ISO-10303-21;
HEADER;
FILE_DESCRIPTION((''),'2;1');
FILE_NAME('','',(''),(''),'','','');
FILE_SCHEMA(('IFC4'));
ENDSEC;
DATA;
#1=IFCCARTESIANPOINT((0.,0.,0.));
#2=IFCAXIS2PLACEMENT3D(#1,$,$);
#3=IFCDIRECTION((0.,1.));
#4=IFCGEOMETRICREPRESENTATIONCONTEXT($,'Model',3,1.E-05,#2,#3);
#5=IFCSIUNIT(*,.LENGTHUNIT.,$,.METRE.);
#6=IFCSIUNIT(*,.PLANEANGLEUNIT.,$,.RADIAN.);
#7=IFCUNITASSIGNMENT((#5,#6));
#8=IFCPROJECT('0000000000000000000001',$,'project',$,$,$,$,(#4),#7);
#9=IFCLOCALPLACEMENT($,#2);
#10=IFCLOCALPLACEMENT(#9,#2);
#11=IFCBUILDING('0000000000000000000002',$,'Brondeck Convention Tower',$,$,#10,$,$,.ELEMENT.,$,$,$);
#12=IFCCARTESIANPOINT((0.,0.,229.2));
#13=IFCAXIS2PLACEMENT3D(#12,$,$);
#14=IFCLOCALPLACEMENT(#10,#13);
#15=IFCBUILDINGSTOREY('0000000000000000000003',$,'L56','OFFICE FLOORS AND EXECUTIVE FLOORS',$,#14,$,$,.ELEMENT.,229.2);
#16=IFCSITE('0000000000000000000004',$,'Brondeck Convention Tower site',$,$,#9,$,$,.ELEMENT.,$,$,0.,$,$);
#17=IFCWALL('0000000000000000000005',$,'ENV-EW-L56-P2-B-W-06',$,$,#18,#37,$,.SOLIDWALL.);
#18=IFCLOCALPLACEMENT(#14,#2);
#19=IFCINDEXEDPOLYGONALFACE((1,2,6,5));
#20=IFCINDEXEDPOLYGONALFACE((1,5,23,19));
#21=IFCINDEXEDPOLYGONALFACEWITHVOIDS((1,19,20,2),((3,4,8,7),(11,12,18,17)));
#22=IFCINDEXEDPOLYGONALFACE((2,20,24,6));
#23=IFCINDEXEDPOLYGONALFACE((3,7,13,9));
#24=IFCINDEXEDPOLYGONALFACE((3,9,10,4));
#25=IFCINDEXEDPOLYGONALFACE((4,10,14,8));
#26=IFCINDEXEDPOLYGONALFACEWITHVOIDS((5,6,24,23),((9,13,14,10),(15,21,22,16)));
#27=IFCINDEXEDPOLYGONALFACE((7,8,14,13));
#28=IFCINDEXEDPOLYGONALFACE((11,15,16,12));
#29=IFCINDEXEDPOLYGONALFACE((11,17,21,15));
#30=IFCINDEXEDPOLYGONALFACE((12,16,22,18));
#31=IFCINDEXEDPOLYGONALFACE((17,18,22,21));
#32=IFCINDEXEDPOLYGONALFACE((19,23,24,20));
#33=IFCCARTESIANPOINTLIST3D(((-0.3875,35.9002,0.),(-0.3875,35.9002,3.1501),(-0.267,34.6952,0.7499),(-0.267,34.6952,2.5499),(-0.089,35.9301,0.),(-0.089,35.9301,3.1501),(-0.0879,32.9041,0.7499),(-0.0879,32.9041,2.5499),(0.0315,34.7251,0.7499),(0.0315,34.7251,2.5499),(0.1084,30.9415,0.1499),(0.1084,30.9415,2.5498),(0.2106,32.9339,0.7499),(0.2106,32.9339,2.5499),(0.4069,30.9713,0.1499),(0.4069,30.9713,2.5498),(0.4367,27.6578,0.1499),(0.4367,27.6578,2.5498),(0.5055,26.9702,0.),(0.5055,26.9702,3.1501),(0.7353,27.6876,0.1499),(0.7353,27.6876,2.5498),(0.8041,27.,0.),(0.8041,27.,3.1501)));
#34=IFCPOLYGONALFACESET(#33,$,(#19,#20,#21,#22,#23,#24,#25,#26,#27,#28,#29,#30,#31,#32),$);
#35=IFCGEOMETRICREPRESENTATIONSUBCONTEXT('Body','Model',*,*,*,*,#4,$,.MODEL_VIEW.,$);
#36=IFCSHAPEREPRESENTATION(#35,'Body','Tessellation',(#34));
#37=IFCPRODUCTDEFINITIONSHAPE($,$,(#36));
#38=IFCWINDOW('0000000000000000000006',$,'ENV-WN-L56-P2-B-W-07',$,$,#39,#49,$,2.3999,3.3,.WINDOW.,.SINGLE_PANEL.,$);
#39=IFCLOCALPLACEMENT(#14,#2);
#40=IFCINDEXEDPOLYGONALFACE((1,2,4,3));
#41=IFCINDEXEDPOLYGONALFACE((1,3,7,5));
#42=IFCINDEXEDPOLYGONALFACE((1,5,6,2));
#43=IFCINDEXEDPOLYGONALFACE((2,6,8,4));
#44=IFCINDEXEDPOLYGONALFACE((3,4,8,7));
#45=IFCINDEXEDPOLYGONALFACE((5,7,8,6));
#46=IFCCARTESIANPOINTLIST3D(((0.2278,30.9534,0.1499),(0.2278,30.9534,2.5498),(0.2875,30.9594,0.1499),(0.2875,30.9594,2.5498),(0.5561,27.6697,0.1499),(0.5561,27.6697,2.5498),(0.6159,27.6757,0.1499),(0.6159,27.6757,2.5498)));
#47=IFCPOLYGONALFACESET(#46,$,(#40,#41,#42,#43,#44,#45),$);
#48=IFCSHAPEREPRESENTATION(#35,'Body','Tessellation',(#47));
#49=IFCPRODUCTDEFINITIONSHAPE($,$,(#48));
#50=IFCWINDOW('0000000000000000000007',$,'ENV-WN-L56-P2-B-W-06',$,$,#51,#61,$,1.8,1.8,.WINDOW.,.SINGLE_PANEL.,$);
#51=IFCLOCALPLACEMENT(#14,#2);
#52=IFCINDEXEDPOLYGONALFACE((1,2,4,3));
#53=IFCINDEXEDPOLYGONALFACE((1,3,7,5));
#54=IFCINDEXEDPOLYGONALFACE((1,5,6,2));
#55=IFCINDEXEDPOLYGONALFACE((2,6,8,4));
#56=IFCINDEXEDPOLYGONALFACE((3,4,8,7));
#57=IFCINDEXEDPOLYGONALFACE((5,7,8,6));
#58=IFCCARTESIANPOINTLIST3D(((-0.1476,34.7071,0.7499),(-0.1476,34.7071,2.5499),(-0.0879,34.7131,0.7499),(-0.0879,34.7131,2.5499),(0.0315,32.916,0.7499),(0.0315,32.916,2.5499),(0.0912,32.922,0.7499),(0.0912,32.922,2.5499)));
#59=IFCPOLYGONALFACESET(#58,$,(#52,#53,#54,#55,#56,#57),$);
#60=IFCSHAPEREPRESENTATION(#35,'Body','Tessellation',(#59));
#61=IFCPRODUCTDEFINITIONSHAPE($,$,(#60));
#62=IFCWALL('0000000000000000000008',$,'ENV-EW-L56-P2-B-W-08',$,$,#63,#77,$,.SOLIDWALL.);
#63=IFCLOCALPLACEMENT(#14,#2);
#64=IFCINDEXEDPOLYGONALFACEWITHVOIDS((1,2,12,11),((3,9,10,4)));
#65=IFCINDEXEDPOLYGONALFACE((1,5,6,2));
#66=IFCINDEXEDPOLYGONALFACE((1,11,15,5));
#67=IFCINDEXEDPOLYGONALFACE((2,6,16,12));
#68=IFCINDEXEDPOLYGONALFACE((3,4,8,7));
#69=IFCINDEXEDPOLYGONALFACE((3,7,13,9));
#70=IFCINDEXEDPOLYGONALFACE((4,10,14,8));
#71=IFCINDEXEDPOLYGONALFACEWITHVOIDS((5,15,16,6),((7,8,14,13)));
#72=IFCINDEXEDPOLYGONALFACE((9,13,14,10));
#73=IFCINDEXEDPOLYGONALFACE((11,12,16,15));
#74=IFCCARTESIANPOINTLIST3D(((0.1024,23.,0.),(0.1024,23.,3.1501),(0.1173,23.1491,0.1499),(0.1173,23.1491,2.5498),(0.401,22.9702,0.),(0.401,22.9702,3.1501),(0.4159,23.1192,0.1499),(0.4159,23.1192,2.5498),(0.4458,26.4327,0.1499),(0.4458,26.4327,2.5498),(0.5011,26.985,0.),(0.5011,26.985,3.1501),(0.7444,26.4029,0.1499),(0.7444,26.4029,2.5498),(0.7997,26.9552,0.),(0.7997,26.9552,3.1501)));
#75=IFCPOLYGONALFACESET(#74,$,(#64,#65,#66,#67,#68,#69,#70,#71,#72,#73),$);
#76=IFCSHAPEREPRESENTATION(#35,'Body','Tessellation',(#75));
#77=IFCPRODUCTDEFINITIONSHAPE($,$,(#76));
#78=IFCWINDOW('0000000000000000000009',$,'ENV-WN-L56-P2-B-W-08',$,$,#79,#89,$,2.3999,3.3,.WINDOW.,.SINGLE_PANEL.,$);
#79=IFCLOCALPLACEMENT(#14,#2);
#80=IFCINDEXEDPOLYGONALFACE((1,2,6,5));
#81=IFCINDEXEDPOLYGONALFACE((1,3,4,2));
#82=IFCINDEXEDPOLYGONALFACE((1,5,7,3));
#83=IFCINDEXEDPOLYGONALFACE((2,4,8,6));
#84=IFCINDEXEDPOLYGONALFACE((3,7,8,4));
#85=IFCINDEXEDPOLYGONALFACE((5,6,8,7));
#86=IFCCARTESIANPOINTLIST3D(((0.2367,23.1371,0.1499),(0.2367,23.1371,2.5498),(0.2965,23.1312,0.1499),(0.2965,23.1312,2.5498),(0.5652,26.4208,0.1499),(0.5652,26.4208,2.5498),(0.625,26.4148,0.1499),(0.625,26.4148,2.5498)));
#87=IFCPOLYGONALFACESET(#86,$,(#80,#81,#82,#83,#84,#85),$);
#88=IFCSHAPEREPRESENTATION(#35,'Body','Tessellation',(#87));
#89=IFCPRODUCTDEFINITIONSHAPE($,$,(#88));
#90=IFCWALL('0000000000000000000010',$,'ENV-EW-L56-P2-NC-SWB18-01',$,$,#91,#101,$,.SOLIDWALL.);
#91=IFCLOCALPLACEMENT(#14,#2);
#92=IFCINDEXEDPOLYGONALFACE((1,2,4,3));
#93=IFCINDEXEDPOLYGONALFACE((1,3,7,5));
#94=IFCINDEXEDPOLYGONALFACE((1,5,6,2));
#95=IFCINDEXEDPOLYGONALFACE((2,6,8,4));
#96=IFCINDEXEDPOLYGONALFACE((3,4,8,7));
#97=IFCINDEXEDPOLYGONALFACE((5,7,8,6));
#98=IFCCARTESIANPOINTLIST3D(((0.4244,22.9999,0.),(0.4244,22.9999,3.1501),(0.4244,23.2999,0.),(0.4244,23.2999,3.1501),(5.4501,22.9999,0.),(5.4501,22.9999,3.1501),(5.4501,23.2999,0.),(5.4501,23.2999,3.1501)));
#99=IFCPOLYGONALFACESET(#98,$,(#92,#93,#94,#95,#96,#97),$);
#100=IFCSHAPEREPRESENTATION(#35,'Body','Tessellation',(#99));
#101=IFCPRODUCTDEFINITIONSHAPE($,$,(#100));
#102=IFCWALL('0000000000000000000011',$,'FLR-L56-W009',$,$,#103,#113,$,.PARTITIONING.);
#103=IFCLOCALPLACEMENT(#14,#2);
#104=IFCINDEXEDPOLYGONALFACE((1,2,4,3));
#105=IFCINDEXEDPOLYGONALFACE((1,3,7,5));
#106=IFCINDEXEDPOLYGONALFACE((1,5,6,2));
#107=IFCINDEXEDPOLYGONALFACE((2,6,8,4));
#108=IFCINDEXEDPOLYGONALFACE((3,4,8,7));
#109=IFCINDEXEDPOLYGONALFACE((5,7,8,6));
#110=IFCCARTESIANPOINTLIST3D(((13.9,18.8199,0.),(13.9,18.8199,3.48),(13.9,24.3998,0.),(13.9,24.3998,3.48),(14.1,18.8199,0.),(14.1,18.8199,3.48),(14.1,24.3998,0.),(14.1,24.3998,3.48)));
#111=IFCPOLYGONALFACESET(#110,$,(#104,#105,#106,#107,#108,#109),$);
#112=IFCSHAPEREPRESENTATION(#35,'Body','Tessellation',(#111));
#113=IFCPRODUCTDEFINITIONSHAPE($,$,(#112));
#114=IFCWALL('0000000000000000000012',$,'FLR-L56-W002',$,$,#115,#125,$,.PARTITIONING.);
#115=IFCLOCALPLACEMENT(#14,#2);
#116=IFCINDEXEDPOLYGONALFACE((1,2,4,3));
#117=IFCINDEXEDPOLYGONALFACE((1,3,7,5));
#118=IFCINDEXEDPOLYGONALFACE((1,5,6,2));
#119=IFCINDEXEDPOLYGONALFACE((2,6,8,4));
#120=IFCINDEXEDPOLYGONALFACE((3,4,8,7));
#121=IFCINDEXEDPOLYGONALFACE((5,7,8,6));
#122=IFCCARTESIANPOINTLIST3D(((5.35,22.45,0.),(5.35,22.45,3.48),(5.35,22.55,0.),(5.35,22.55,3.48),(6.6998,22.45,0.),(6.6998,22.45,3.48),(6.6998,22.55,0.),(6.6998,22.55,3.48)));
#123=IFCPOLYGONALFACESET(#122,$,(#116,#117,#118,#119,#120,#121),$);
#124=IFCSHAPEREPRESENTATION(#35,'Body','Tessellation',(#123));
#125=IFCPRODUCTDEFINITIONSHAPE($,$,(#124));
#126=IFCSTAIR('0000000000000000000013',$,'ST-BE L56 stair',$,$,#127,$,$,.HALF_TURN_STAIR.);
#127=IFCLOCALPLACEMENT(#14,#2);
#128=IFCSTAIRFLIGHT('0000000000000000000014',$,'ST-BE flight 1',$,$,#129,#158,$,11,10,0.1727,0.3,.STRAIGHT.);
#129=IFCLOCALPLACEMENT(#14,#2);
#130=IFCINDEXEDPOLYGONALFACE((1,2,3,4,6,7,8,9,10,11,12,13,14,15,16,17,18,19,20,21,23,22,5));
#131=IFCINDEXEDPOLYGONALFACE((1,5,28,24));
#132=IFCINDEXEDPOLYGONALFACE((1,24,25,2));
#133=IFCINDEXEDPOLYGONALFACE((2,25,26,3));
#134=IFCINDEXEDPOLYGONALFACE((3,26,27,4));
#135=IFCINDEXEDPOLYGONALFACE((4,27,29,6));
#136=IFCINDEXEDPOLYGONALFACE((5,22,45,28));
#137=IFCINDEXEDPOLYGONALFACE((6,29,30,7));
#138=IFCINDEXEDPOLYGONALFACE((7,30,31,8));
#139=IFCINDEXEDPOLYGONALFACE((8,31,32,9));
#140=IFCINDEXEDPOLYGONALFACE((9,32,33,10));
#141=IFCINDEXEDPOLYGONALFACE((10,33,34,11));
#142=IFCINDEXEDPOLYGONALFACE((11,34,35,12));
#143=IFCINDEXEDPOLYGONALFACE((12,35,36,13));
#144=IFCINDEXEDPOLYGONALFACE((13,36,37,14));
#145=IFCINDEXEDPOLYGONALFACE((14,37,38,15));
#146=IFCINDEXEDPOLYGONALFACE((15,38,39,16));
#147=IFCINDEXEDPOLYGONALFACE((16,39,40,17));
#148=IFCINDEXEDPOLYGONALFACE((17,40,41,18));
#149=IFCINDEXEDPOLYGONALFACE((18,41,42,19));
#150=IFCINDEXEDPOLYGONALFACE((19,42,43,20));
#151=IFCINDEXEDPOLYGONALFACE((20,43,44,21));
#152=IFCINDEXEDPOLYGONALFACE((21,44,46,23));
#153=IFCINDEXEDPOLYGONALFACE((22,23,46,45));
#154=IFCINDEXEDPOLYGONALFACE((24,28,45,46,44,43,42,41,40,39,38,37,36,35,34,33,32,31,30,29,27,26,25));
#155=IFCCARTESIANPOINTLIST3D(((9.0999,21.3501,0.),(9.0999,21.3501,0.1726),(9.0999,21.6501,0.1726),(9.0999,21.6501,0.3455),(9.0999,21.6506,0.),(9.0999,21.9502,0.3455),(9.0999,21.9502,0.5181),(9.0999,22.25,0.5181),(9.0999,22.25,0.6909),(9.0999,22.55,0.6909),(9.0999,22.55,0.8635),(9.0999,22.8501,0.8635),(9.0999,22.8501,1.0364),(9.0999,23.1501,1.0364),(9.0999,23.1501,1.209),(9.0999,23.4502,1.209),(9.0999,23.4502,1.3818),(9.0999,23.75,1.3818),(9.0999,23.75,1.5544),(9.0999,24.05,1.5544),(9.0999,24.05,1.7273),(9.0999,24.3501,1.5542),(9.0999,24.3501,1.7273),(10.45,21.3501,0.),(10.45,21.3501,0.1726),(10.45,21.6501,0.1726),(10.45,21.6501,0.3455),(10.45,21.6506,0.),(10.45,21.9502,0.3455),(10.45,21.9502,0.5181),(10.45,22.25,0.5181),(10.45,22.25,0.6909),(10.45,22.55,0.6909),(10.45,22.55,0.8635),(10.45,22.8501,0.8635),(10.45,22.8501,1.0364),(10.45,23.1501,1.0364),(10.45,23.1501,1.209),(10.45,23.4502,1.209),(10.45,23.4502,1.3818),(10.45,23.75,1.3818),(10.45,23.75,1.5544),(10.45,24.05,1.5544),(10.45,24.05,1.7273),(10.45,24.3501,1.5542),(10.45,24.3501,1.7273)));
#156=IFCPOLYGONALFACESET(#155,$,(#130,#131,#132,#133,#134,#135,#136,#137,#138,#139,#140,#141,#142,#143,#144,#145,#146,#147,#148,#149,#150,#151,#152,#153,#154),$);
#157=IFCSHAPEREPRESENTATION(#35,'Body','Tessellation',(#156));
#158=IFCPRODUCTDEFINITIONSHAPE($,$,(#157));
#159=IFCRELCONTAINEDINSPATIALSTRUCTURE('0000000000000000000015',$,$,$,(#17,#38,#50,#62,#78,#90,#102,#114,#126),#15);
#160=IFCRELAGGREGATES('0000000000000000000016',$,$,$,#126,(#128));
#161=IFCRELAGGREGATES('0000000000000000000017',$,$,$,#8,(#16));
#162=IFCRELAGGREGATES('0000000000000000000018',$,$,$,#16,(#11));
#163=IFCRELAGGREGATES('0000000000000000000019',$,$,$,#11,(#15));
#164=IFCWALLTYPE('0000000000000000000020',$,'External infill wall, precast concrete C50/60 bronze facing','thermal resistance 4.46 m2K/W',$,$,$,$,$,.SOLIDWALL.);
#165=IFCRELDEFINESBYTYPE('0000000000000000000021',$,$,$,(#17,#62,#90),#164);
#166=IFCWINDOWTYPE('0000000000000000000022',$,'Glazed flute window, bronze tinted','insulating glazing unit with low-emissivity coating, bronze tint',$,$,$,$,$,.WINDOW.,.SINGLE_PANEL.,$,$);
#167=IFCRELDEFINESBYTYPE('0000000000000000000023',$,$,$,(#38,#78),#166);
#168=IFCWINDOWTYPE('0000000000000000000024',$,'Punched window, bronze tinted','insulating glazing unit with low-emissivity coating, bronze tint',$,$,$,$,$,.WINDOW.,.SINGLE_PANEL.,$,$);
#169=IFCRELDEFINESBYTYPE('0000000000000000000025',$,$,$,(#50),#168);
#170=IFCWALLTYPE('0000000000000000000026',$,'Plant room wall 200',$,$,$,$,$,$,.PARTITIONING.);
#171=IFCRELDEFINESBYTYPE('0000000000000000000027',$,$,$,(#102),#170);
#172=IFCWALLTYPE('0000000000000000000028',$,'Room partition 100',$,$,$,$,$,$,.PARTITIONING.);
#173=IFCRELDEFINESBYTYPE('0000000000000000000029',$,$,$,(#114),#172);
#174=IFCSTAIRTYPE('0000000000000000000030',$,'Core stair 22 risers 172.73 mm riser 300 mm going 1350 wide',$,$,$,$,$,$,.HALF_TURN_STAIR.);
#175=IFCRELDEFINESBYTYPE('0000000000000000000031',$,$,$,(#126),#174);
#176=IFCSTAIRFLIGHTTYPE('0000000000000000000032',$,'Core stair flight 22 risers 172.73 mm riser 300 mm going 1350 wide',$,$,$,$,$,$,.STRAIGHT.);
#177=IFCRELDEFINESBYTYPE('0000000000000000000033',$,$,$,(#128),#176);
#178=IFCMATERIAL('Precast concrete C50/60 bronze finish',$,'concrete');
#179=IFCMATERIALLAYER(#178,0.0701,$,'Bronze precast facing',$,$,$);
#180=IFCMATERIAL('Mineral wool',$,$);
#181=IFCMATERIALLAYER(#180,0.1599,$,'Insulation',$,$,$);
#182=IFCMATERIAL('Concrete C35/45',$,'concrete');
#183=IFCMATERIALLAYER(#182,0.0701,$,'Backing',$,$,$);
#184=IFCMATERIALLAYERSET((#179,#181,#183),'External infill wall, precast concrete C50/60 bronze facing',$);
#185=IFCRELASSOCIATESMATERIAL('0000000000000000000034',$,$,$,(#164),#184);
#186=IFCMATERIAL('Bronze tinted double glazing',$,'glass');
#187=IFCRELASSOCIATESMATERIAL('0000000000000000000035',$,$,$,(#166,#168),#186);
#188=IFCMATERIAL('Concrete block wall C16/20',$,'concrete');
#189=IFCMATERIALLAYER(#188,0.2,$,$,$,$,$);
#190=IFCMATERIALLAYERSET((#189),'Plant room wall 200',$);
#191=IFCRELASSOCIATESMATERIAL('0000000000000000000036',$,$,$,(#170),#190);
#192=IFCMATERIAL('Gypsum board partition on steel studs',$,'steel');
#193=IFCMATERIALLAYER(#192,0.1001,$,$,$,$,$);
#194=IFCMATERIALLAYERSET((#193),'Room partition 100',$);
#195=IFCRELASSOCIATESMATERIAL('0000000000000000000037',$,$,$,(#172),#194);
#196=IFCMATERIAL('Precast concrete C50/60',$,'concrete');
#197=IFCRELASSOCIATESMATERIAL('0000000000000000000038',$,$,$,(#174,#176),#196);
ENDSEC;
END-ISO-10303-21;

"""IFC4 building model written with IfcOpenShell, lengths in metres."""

from ifc_helpers import new_model, si_unit, direction, frame, frame_2d, origin, place, context, subcontext, project, spatial, polyline, rectangle, outline, extrude, material, layer, layer_set, type_object, element, fill, aggregate, save


model = new_model("IFC4")

# Units and contexts
model_context = context("Model", 3, precision=1e-05, world=origin(), true_north=direction((0.0, 1.0)))
body_context = subcontext(model_context, "Body", "Model", "MODEL_VIEW")
ifc_project = project(units=[si_unit("LENGTHUNIT", "METRE"), si_unit("PLANEANGLEUNIT", "RADIAN")], contexts=[model_context])

# Site, building, storey
site_placement = place(None, origin())
site = spatial("IfcSite", under=ifc_project, at=site_placement, Name="Brondeck Convention Tower site", CompositionType="ELEMENT", RefElevation=0.0)
building_placement = place(site_placement, origin())
building = spatial("IfcBuilding", under=site, at=building_placement, Name="Brondeck Convention Tower", CompositionType="ELEMENT")
storey_placement = place(building_placement, frame((0.0, 0.0, 229.2)))
storey = spatial("IfcBuildingStorey", under=building, at=storey_placement, Name="L56", Description="OFFICE FLOORS AND EXECUTIVE FLOORS", CompositionType="ELEMENT", Elevation=229.2)

# Wall, openings, windows
ifc_material_1 = material(Name="Precast concrete C50/60 bronze finish", Category="concrete")
ifc_layer_1 = layer(ifc_material_1, 0.0701, Name="Bronze precast facing")
ifc_material_2 = material(Name="Mineral wool")
ifc_layer_2 = layer(ifc_material_2, 0.1599, Name="Insulation")
ifc_material_3 = material(Name="Concrete C35/45", Category="concrete")
ifc_layer_3 = layer(ifc_material_3, 0.0701, Name="Backing")
ifc_layer_set_1 = layer_set([ifc_layer_1, ifc_layer_2, ifc_layer_3], Name="External infill wall, precast concrete C50/60 bronze facing")
wall_type_1 = type_object("IfcWallType", Name="External infill wall, precast concrete C50/60 bronze facing", Description="thermal resistance 4.46 m2K/W", PredefinedType="SOLIDWALL", material=ifc_layer_set_1)
wall_1_placement = place(storey_placement, frame((0.6548, 26.9851, 0.0), z_axis=(0.0, 0.0, 1.0), x_axis=(-0.099509, 0.995037, 0.0)))
wall_1 = element("IfcWall", 1, at=wall_1_placement, inside=storey, type_object=wall_type_1, Name="ENV-EW-L56-P2-B-W-06", PredefinedType="SOLIDWALL", context=body_context, shape_type="SweptSolid", body=[
    extrude(rectangle(XDim=8.9746, YDim=0.3, at=frame_2d((4.4873, 0.0))), origin(), (0.0, 0.0, 1.0), 3.1501),
])
opening_1_placement = place(wall_1_placement, frame((0.6912, 0.0, 0.1499)))
opening_1 = element("IfcOpeningElement", 2, at=opening_1_placement, cuts=wall_1, PredefinedType="OPENING", context=body_context, shape_type="SweptSolid", body=[
    extrude(rectangle(XDim=3.3, YDim=2.3999, at=frame_2d((1.6499, 1.2))), frame((0.0, 0.1599, 0.0), z_axis=(0.0, -1.0, 0.0), x_axis=(1.0, 0.0, 0.0)), (0.0, 0.0, 1.0), 0.3201),
])
opening_2_placement = place(wall_1_placement, frame((5.9636, 0.0, 0.75)))
opening_2 = element("IfcOpeningElement", 3, at=opening_2_placement, cuts=wall_1, PredefinedType="OPENING", context=body_context, shape_type="SweptSolid", body=[
    extrude(rectangle(XDim=1.8, YDim=1.8, at=frame_2d((0.8999, 0.8999))), frame((0.0, 0.1599, 0.0), z_axis=(0.0, -1.0, 0.0), x_axis=(1.0, 0.0, 0.0)), (0.0, 0.0, 1.0), 0.3201),
])
ifc_material_4 = material(Name="Bronze tinted double glazing", Category="glass")
window_type_1 = type_object("IfcWindowType", Name="Glazed flute window, bronze tinted", Description="insulating glazing unit with low-emissivity coating, bronze tint", PartitioningType="SINGLE_PANEL", PredefinedType="WINDOW", material=ifc_material_4)
window_1_placement = place(opening_1_placement, origin())
window_1 = element("IfcWindow", 4, at=window_1_placement, inside=storey, type_object=window_type_1, Name="ENV-WN-L56-P2-B-W-07", OverallHeight=2.3999, OverallWidth=3.3, PartitioningType="SINGLE_PANEL", PredefinedType="WINDOW", context=body_context, shape_type="SweptSolid", body=[
    extrude(rectangle(XDim=3.3, YDim=2.3999, at=frame_2d((1.6499, 1.2))), frame((0.0, 0.03, 0.0), z_axis=(0.0, -1.0, 0.0), x_axis=(1.0, 0.0, 0.0)), (0.0, 0.0, 1.0), 0.0601),
])
fill(opening_1, window_1)
window_type_2 = type_object("IfcWindowType", Name="Punched window, bronze tinted", Description="insulating glazing unit with low-emissivity coating, bronze tint", PartitioningType="SINGLE_PANEL", PredefinedType="WINDOW", material=ifc_material_4)
window_2_placement = place(opening_2_placement, origin())
window_2 = element("IfcWindow", 5, at=window_2_placement, inside=storey, type_object=window_type_2, Name="ENV-WN-L56-P2-B-W-06", OverallHeight=1.8, OverallWidth=1.8, PartitioningType="SINGLE_PANEL", PredefinedType="WINDOW", context=body_context, shape_type="SweptSolid", body=[
    extrude(rectangle(XDim=1.8, YDim=1.8, at=frame_2d((0.8999, 0.8999))), frame((0.0, 0.03, 0.0), z_axis=(0.0, -1.0, 0.0), x_axis=(1.0, 0.0, 0.0)), (0.0, 0.0, 1.0), 0.0601),
])
fill(opening_2, window_2)

# Wall, opening, window
wall_2_placement = place(storey_placement, frame((0.2517, 22.9851, 0.0), z_axis=(0.0, 0.0, 1.0), x_axis=(0.099546, 0.995033, 0.0)))
wall_2 = element("IfcWall", 6, at=wall_2_placement, inside=storey, type_object=wall_type_1, Name="ENV-EW-L56-P2-B-W-08", PredefinedType="SOLIDWALL", context=body_context, shape_type="SweptSolid", body=[
    extrude(rectangle(XDim=4.0049, YDim=0.3, at=frame_2d((2.0024, 0.0))), origin(), (0.0, 0.0, 1.0), 3.1501),
])
opening_3_placement = place(wall_2_placement, frame((0.1499, 0.0, 0.1499)))
opening_3 = element("IfcOpeningElement", 7, at=opening_3_placement, cuts=wall_2, PredefinedType="OPENING", context=body_context, shape_type="SweptSolid", body=[
    extrude(rectangle(XDim=3.3, YDim=2.3999, at=frame_2d((1.6499, 1.2))), frame((0.0, 0.1599, 0.0), z_axis=(0.0, -1.0, 0.0), x_axis=(1.0, 0.0, 0.0)), (0.0, 0.0, 1.0), 0.3201),
])
window_3_placement = place(opening_3_placement, origin())
window_3 = element("IfcWindow", 8, at=window_3_placement, inside=storey, type_object=window_type_1, Name="ENV-WN-L56-P2-B-W-08", OverallHeight=2.3999, OverallWidth=3.3, PartitioningType="SINGLE_PANEL", PredefinedType="WINDOW", context=body_context, shape_type="SweptSolid", body=[
    extrude(rectangle(XDim=3.3, YDim=2.3999, at=frame_2d((1.6499, 1.2))), frame((0.0, 0.03, 0.0), z_axis=(0.0, -1.0, 0.0), x_axis=(1.0, 0.0, 0.0)), (0.0, 0.0, 1.0), 0.0601),
])
fill(opening_3, window_3)

# Walls
wall_3_placement = place(storey_placement, frame((5.45, 23.1499, 0.0), z_axis=(0.0, 0.0, 1.0), x_axis=(-1.0, 0.0, 0.0)))
element("IfcWall", 9, at=wall_3_placement, inside=storey, type_object=wall_type_1, Name="ENV-EW-L56-P2-NC-SWB18-01", PredefinedType="SOLIDWALL", context=body_context, shape_type="SweptSolid", body=[
    extrude(rectangle(XDim=5.0256, YDim=0.3, at=frame_2d((2.5127, 0.0))), origin(), (0.0, 0.0, 1.0), 3.1501),
])
ifc_material_5 = material(Name="Concrete block wall C16/20", Category="concrete")
ifc_layer_4 = layer(ifc_material_5, 0.2)
ifc_layer_set_2 = layer_set([ifc_layer_4], Name="Plant room wall 200")
wall_type_2 = type_object("IfcWallType", Name="Plant room wall 200", PredefinedType="PARTITIONING", material=ifc_layer_set_2)
wall_4_placement = place(storey_placement, frame((14.0, 24.3999, 0.0), z_axis=(0.0, 0.0, 1.0), x_axis=(0.0, -1.0, 0.0)))
element("IfcWall", 10, at=wall_4_placement, inside=storey, type_object=wall_type_2, Name="FLR-L56-W009", PredefinedType="PARTITIONING", context=body_context, shape_type="SweptSolid", body=[
    extrude(rectangle(XDim=5.5798, YDim=0.2, at=frame_2d((2.79, 0.0))), origin(), (0.0, 0.0, 1.0), 3.48),
])
ifc_material_6 = material(Name="Gypsum board partition on steel studs", Category="steel")
ifc_layer_5 = layer(ifc_material_6, 0.1001)
ifc_layer_set_3 = layer_set([ifc_layer_5], Name="Room partition 100")
wall_type_3 = type_object("IfcWallType", Name="Room partition 100", PredefinedType="PARTITIONING", material=ifc_layer_set_3)
wall_5_placement = place(storey_placement, frame((5.3501, 22.5, 0.0), z_axis=(0.0, 0.0, 1.0), x_axis=(1.0, 0.0, 0.0)))
element("IfcWall", 11, at=wall_5_placement, inside=storey, type_object=wall_type_3, Name="FLR-L56-W002", PredefinedType="PARTITIONING", context=body_context, shape_type="SweptSolid", body=[
    extrude(rectangle(XDim=1.3499, YDim=0.1001, at=frame_2d((0.6748, 0.0))), origin(), (0.0, 0.0, 1.0), 3.48),
])

# Stair, stair flight
ifc_material_7 = material(Name="Precast concrete C50/60", Category="concrete")
stair_type = type_object("IfcStairType", Name="Core stair 22 risers 172.73 mm riser 300 mm going 1350 wide", PredefinedType="HALF_TURN_STAIR", material=ifc_material_7)
stair_placement = place(storey_placement, origin())
stair = element("IfcStair", 12, at=stair_placement, inside=storey, type_object=stair_type, Name="ST-BE L56 stair", PredefinedType="HALF_TURN_STAIR")
stair_flight_type = type_object("IfcStairFlightType", Name="Core stair flight 22 risers 172.73 mm riser 300 mm going 1350 wide", PredefinedType="STRAIGHT", material=ifc_material_7)
stair_flight_1_placement = place(storey_placement, frame((9.7749, 21.3501, 0.0), z_axis=(0.0, 0.0, 1.0), x_axis=(0.0, 1.0, 0.0)))
stair_flight_1 = element("IfcStairFlight", 13, at=stair_flight_1_placement, type_object=stair_flight_type, Name="ST-BE flight 1", NumberOfRisers=11, NumberOfTreads=10, PredefinedType="STRAIGHT", RiserHeight=0.1727, TreadLength=0.3, context=body_context, shape_type="SweptSolid", body=[
    extrude(outline(polyline([(0.0, 0.0), (0.0, 0.1726), (0.3, 0.1726), (0.3, 0.3455), (0.6001, 0.3455), (0.6001, 0.5181), (0.8999, 0.5181), (0.8999, 0.6909), (1.2, 0.6909), (1.2, 0.8635), (1.5, 0.8635), (1.5, 1.0364), (1.8, 1.0364), (1.8, 1.209), (2.1001, 1.209), (2.1001, 1.3818), (2.3999, 1.3818), (2.3999, 1.5544), (2.7, 1.5544), (2.7, 1.7273), (3.0, 1.7273), (3.0, 1.8999), (3.0, 1.5542), (0.3005, 0.0), (0.0, 0.0)])), frame((0.0, 0.675, 0.0), z_axis=(0.0, -1.0, 0.0), x_axis=(1.0, 0.0, 0.0)), (0.0, 0.0, 1.0), 1.3501),
])
aggregate(stair, [stair_flight_1])

save(model, "model.ifc")
